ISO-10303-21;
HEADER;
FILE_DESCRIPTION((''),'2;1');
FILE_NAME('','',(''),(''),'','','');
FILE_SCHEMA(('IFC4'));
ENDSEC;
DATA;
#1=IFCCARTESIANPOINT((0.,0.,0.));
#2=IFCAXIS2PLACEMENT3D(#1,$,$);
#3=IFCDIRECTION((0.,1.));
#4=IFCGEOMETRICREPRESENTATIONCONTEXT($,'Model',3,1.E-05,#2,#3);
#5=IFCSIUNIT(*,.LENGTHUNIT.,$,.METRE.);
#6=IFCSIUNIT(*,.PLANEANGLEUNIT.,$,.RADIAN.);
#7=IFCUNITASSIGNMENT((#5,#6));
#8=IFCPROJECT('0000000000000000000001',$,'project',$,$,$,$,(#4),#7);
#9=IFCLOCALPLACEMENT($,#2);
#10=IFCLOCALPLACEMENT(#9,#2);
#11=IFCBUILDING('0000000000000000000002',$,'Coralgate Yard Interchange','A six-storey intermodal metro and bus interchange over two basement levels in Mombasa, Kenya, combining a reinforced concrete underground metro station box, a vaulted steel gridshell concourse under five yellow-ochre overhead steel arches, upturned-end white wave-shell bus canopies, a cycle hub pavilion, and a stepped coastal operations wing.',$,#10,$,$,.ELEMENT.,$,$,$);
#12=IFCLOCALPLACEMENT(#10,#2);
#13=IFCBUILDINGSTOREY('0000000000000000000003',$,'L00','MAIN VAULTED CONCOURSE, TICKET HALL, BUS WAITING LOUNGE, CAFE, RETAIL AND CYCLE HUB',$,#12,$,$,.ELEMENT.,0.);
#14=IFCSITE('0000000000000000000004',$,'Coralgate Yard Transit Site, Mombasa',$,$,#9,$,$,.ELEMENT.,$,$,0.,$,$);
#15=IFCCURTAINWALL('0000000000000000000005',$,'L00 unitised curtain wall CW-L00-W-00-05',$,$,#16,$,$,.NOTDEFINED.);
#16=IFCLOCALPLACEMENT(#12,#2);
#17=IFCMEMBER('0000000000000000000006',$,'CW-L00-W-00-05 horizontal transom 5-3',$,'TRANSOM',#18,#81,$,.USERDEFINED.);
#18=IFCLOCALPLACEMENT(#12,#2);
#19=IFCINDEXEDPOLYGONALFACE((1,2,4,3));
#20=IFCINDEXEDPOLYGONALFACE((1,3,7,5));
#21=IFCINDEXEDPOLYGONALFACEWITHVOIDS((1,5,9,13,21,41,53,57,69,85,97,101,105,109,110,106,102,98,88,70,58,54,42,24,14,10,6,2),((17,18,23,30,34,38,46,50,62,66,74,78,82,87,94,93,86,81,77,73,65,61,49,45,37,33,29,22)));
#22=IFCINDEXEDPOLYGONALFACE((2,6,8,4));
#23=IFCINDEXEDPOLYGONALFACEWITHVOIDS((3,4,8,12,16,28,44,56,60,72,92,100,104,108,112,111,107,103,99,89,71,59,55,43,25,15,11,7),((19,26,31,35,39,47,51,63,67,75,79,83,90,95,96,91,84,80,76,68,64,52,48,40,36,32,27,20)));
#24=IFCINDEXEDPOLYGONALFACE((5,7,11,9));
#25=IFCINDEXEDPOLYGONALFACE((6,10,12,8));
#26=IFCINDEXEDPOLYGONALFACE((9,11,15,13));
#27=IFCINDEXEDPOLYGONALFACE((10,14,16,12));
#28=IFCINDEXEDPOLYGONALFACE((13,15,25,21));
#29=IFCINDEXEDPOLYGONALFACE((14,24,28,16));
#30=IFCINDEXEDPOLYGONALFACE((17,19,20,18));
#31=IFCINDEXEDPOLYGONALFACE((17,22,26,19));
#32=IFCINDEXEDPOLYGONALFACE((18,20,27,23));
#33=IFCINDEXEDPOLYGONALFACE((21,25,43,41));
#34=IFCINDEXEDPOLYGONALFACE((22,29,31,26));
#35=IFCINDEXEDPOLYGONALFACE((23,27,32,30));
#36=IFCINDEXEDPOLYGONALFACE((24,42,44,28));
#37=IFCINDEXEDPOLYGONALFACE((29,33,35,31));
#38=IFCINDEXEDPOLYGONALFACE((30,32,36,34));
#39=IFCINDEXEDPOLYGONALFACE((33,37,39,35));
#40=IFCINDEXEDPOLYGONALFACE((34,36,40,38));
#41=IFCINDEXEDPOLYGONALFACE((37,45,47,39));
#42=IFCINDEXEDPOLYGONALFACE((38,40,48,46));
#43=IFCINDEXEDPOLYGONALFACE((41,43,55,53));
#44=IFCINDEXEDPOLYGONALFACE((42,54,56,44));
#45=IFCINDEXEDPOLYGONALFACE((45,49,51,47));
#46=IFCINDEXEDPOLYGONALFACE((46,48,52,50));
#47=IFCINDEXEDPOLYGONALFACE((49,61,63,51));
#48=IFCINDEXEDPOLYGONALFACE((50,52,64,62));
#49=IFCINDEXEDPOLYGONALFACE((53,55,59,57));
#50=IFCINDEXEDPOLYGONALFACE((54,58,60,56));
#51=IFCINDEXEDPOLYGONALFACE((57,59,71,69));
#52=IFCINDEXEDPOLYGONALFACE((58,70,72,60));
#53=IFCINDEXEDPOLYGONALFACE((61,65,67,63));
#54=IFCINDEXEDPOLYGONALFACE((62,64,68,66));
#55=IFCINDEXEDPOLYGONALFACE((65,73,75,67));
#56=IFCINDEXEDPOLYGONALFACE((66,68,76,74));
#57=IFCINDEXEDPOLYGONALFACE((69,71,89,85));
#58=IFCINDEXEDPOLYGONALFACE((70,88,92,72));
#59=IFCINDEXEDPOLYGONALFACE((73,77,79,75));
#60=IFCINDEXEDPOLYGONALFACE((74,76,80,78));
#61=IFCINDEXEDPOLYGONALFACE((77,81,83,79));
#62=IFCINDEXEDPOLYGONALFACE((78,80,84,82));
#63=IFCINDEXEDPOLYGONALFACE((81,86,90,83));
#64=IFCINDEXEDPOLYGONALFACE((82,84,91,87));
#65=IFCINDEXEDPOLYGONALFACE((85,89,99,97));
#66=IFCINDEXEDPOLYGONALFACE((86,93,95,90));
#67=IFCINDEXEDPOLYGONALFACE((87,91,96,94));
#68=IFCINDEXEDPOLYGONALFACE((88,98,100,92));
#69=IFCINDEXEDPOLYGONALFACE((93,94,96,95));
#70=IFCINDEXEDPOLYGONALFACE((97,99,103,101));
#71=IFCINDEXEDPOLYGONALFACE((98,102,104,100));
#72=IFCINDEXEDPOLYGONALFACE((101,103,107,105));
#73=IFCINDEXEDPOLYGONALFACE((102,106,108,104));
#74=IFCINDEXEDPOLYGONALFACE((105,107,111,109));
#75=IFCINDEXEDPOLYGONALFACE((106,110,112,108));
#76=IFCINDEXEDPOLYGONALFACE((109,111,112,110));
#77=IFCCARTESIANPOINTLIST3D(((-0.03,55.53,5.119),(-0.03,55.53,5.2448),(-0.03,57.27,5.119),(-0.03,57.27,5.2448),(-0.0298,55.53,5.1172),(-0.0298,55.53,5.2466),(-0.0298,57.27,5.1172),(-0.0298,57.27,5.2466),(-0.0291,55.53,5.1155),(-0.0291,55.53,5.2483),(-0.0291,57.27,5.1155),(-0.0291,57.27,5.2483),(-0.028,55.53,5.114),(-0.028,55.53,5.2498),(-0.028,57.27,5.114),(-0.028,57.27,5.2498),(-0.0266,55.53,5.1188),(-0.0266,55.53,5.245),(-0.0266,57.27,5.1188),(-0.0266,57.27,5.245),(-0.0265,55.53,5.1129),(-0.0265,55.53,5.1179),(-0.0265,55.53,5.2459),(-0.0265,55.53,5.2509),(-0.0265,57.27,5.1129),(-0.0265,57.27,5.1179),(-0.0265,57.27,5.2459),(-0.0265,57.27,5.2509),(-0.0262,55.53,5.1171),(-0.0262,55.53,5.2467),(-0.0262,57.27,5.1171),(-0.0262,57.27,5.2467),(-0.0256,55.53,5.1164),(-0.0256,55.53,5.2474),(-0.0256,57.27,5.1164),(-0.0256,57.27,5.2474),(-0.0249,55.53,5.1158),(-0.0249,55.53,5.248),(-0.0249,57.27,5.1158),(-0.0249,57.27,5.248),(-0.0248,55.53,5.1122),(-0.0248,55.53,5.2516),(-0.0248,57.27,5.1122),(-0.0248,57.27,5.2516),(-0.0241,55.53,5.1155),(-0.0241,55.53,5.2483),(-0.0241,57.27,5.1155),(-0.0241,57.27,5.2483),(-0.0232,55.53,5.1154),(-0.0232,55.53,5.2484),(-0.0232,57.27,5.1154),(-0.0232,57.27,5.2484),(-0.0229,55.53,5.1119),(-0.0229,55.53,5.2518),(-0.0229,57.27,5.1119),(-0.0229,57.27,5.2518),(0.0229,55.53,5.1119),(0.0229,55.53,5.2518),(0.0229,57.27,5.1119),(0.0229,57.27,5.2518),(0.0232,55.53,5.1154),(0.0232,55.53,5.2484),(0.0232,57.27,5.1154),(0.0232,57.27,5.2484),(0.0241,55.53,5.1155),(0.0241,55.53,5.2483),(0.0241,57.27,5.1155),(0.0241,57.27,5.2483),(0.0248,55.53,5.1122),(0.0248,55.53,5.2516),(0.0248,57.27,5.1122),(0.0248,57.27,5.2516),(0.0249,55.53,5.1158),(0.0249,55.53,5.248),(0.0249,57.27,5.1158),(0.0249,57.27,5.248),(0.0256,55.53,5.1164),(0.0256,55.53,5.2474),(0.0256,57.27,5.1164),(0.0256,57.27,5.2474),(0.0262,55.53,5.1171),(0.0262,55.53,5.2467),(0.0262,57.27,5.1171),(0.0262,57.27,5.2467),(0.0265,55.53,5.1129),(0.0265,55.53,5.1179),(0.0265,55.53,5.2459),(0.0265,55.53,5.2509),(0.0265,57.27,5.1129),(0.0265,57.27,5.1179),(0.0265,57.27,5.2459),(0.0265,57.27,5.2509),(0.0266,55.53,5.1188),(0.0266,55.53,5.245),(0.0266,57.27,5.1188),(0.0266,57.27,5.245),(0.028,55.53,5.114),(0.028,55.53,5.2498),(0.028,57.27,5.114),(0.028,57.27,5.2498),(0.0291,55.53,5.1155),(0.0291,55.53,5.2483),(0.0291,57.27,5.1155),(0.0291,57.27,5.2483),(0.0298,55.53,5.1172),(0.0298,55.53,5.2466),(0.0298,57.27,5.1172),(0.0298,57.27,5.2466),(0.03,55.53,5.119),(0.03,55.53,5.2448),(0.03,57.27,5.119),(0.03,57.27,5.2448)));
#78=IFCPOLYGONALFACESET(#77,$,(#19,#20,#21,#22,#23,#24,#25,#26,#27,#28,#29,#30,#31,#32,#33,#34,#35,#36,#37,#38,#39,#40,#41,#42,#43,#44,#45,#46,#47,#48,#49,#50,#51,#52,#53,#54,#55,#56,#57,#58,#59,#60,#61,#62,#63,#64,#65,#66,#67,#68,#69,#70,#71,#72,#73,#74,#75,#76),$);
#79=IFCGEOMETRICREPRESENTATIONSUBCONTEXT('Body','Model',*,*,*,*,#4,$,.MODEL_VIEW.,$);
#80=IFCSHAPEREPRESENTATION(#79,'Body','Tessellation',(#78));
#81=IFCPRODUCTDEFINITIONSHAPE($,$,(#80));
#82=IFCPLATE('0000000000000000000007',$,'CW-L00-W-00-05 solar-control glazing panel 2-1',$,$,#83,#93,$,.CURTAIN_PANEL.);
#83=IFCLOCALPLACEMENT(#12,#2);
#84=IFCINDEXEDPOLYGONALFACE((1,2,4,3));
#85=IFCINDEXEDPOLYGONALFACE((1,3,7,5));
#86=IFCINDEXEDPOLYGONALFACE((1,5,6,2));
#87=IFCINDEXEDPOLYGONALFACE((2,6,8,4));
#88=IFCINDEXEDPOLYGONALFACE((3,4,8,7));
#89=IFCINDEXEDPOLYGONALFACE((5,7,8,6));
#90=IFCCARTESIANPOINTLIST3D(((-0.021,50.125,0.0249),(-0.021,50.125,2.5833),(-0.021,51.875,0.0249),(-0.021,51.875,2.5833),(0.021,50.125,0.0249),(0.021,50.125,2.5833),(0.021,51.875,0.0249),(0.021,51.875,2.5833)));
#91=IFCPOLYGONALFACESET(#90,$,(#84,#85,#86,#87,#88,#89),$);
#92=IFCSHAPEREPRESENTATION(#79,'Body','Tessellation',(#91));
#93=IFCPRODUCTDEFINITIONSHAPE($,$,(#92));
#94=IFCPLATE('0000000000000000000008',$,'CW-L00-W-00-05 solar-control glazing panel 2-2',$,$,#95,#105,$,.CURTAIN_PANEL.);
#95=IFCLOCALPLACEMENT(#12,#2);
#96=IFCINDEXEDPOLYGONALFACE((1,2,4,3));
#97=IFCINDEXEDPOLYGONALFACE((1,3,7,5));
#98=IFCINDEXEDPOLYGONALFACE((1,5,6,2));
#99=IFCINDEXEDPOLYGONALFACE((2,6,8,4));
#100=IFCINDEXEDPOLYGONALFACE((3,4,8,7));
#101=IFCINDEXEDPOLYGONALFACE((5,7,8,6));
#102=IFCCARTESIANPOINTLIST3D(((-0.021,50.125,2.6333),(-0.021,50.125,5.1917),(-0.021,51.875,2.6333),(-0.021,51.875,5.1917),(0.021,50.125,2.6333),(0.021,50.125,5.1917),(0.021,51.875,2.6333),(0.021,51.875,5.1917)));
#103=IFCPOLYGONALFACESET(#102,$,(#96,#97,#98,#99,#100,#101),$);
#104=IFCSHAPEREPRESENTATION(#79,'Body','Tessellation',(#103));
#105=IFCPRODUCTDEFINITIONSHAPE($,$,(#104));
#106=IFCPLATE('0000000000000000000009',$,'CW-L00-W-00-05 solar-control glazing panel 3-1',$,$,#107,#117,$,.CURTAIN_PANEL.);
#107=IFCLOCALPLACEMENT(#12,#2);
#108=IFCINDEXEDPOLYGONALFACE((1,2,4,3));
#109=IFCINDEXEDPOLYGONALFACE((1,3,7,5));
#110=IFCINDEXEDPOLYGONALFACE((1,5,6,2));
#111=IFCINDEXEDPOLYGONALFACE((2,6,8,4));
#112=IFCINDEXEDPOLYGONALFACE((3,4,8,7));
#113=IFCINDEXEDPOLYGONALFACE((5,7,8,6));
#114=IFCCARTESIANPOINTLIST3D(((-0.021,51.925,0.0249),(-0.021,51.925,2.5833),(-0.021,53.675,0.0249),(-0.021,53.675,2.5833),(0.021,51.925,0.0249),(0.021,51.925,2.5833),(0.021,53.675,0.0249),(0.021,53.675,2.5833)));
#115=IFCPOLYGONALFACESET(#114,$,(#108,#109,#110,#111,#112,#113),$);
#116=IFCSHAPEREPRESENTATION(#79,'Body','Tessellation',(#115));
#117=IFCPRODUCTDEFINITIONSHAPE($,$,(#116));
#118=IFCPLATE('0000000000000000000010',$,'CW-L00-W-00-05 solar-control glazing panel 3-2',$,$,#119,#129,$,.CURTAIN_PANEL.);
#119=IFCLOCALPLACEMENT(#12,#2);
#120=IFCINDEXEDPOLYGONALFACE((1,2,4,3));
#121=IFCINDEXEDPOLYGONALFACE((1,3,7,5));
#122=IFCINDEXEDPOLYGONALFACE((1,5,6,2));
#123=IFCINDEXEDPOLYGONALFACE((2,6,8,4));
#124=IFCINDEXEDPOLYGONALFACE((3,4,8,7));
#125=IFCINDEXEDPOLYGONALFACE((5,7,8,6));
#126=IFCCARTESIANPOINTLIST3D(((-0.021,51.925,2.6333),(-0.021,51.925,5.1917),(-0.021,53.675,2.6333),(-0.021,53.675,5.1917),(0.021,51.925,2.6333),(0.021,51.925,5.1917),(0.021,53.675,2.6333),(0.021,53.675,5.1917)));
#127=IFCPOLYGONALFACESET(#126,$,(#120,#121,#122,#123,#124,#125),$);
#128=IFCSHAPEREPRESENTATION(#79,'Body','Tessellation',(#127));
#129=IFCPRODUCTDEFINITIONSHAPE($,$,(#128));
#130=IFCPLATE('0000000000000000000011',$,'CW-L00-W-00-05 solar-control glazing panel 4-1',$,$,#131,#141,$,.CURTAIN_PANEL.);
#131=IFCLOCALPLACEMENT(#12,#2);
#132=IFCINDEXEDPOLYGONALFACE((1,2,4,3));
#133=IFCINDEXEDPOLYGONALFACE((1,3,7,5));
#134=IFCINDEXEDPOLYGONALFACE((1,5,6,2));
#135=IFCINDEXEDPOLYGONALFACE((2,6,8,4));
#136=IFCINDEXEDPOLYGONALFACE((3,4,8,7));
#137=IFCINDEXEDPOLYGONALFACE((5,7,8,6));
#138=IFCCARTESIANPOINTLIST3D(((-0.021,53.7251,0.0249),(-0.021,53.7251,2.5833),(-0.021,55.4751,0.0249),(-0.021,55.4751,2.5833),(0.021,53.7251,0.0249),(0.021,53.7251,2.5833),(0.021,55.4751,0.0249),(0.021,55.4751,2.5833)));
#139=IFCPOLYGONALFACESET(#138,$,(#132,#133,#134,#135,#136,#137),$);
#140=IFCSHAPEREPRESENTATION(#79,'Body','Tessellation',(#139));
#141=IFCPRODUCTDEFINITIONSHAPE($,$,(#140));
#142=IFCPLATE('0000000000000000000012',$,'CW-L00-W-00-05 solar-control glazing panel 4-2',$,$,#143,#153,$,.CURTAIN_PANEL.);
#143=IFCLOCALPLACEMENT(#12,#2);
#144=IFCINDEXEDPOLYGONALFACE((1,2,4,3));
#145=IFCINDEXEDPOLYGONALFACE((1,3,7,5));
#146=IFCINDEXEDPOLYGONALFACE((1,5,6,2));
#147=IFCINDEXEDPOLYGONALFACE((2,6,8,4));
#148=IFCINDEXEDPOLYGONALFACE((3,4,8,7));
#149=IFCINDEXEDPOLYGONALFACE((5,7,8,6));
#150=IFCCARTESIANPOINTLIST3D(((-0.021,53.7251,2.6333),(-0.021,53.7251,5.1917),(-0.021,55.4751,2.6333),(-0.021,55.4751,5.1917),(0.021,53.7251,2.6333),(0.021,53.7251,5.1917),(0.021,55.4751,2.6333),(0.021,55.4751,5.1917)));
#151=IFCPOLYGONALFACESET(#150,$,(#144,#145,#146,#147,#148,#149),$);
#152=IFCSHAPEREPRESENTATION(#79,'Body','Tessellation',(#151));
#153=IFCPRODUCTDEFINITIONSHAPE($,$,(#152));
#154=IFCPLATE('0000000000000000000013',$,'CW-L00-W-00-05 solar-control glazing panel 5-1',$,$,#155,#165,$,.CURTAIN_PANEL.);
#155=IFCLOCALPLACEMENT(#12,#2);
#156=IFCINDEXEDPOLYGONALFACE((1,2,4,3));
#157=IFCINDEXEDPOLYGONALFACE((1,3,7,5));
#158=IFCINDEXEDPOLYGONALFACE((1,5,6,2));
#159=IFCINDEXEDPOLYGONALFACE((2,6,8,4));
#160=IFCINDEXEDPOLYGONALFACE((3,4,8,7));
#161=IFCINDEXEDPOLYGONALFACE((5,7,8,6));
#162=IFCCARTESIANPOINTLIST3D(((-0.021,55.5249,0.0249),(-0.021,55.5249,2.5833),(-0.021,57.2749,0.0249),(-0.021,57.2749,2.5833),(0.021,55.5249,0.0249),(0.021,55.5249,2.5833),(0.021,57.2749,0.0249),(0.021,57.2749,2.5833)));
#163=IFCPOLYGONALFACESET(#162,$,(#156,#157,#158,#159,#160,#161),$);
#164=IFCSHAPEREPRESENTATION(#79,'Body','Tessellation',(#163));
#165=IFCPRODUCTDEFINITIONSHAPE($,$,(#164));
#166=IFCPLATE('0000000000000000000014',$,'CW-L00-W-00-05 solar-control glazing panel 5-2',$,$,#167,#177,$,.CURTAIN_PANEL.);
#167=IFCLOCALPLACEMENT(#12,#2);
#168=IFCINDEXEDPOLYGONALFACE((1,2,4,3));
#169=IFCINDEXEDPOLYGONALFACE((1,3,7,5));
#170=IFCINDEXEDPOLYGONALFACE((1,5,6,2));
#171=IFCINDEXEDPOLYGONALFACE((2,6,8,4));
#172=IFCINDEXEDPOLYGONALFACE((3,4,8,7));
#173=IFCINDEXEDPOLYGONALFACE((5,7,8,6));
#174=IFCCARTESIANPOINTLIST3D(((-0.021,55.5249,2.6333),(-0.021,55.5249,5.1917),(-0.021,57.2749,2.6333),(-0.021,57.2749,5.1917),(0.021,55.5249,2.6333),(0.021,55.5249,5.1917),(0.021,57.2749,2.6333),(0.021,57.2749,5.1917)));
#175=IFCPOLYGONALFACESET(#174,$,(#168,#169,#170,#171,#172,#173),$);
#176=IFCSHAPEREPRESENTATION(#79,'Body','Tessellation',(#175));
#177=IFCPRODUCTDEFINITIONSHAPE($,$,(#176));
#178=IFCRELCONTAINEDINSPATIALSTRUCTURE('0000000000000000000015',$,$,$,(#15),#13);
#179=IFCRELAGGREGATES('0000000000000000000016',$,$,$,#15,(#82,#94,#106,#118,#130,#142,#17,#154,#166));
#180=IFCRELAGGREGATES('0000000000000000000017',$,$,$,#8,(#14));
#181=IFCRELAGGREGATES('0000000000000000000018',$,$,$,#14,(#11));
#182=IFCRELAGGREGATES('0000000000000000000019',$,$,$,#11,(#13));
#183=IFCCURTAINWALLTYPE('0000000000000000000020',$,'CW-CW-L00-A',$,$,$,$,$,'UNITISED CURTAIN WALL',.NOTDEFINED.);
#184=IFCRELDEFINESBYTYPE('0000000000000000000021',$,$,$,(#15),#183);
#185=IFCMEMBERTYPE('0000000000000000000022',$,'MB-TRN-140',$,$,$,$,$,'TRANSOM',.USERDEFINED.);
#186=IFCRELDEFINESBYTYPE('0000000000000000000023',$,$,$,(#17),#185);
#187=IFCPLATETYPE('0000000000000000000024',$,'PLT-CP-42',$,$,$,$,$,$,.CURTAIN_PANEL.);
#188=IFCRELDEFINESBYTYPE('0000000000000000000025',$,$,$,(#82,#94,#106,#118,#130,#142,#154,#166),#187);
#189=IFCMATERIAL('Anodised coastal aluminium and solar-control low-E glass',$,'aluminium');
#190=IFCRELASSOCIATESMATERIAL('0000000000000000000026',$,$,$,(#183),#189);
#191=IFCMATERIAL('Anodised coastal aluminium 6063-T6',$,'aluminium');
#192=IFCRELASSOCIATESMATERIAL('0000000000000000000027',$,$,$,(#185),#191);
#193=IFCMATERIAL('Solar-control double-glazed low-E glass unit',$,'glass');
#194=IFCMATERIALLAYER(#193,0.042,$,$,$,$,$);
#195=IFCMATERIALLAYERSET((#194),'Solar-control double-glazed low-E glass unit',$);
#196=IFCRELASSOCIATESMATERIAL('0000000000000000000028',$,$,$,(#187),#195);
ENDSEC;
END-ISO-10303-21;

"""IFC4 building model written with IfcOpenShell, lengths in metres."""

from ifc_helpers import new_model, si_unit, direction, frame, origin, origin_2d, place, context, subcontext, project, spatial, rectangle, hollow_rectangle, extrude, material, layer, layer_set, material_profile, profile_set, type_object, element, aggregate, save


model = new_model("IFC4")

# Units and contexts
model_context = context("Model", 3, precision=1e-05, world=origin(), true_north=direction((0.0, 1.0)))
body_context = subcontext(model_context, "Body", "Model", "MODEL_VIEW")
ifc_project = project(units=[si_unit("LENGTHUNIT", "METRE"), si_unit("PLANEANGLEUNIT", "RADIAN")], contexts=[model_context])

# Site, building, storey
site_placement = place(None, origin())
site = spatial("IfcSite", under=ifc_project, at=site_placement, Name="Coralgate Yard Transit Site, Mombasa", CompositionType="ELEMENT", RefElevation=0.0)
building_placement = place(site_placement, origin())
building = spatial("IfcBuilding", under=site, at=building_placement, Name="Coralgate Yard Interchange", Description="A six-storey intermodal metro and bus interchange over two basement levels in Mombasa, Kenya, combining a reinforced concrete underground metro station box, a vaulted steel gridshell concourse under five yellow-ochre overhead steel arches, upturned-end white wave-shell bus canopies, a cycle hub pavilion, and a stepped coastal operations wing.", CompositionType="ELEMENT")
storey_placement = place(building_placement, origin())
storey = spatial("IfcBuildingStorey", under=building, at=storey_placement, Name="L00", Description="MAIN VAULTED CONCOURSE, TICKET HALL, BUS WAITING LOUNGE, CAFE, RETAIL AND CYCLE HUB", CompositionType="ELEMENT", Elevation=0.0)

# Curtain wall, member, plates
ifc_material_1 = material(Name="Anodised coastal aluminium and solar-control low-E glass", Category="aluminium")
curtain_wall_type = type_object("IfcCurtainWallType", Name="CW-CW-L00-A", ElementType="UNITISED CURTAIN WALL", PredefinedType="NOTDEFINED", material=ifc_material_1)
curtain_wall_placement = place(storey_placement, origin())
curtain_wall = element("IfcCurtainWall", 1, at=curtain_wall_placement, inside=storey, type_object=curtain_wall_type, Name="L00 unitised curtain wall CW-L00-W-00-05", PredefinedType="NOTDEFINED")
ifc_material_2 = material(Name="Anodised coastal aluminium 6063-T6", Category="aluminium")
ifc_material_profile_1 = material_profile(ifc_material_2, hollow_rectangle(XDim=0.0601, YDim=0.1399, WallThickness=0.0034, InnerFilletRadius=0.0034, OuterFilletRadius=0.0071, at=origin_2d()), Name="ALU 60x140x3.5")
ifc_profile_set_1 = profile_set([ifc_material_profile_1], Name="Anodised coastal aluminium 6063-T6")
member_type_1 = type_object("IfcMemberType", Name="MB-TRN-140", ElementType="TRANSOM", PredefinedType="USERDEFINED", material=ifc_profile_set_1)
member_1_placement = place(storey_placement, frame((0.0, 55.53, 5.1819), z_axis=(0.0, 1.0, 0.0), x_axis=(-1.0, 0.0, 0.0)))
member_1 = element("IfcMember", 2, at=member_1_placement, type_object=member_type_1, Name="CW-L00-W-00-05 horizontal transom 5-3", ObjectType="TRANSOM", PredefinedType="USERDEFINED", context=body_context, shape_type="SweptSolid", body=[
    extrude(hollow_rectangle(XDim=0.0601, YDim=0.1399, WallThickness=0.0034, InnerFilletRadius=0.0034, OuterFilletRadius=0.0071, at=origin_2d()), origin(), (0.0, 0.0, 1.0), 1.74),
])
ifc_material_3 = material(Name="Solar-control double-glazed low-E glass unit", Category="glass")
ifc_layer = layer(ifc_material_3, 0.042)
ifc_layer_set = layer_set([ifc_layer], Name="Solar-control double-glazed low-E glass unit")
plate_type = type_object("IfcPlateType", Name="PLT-CP-42", PredefinedType="CURTAIN_PANEL", material=ifc_layer_set)
plate_1_placement = place(storey_placement, frame((0.0, 51.0, 0.0249), z_axis=(0.0, 0.0, 1.0), x_axis=(0.0, 1.0, 0.0)))
plate_1 = element("IfcPlate", 3, at=plate_1_placement, type_object=plate_type, Name="CW-L00-W-00-05 solar-control glazing panel 2-1", PredefinedType="CURTAIN_PANEL", context=body_context, shape_type="SweptSolid", body=[
    extrude(rectangle(XDim=1.75, YDim=0.042, at=origin_2d()), origin(), (0.0, 0.0, 1.0), 2.5583),
])
plate_2_placement = place(storey_placement, frame((0.0, 51.0, 2.6333), z_axis=(0.0, 0.0, 1.0), x_axis=(0.0, 1.0, 0.0)))
plate_2 = element("IfcPlate", 4, at=plate_2_placement, type_object=plate_type, Name="CW-L00-W-00-05 solar-control glazing panel 2-2", PredefinedType="CURTAIN_PANEL", context=body_context, shape_type="SweptSolid", body=[
    extrude(rectangle(XDim=1.75, YDim=0.042, at=origin_2d()), origin(), (0.0, 0.0, 1.0), 2.5583),
])
plate_3_placement = place(storey_placement, frame((0.0, 52.8, 0.0249), z_axis=(0.0, 0.0, 1.0), x_axis=(0.0, 1.0, 0.0)))
plate_3 = element("IfcPlate", 5, at=plate_3_placement, type_object=plate_type, Name="CW-L00-W-00-05 solar-control glazing panel 3-1", PredefinedType="CURTAIN_PANEL", context=body_context, shape_type="SweptSolid", body=[
    extrude(rectangle(XDim=1.75, YDim=0.042, at=origin_2d()), origin(), (0.0, 0.0, 1.0), 2.5583),
])
plate_4_placement = place(storey_placement, frame((0.0, 52.8, 2.6333), z_axis=(0.0, 0.0, 1.0), x_axis=(0.0, 1.0, 0.0)))
plate_4 = element("IfcPlate", 6, at=plate_4_placement, type_object=plate_type, Name="CW-L00-W-00-05 solar-control glazing panel 3-2", PredefinedType="CURTAIN_PANEL", context=body_context, shape_type="SweptSolid", body=[
    extrude(rectangle(XDim=1.75, YDim=0.042, at=origin_2d()), origin(), (0.0, 0.0, 1.0), 2.5583),
])
plate_5_placement = place(storey_placement, frame((0.0, 54.6001, 0.0249), z_axis=(0.0, 0.0, 1.0), x_axis=(0.0, 1.0, 0.0)))
plate_5 = element("IfcPlate", 7, at=plate_5_placement, type_object=plate_type, Name="CW-L00-W-00-05 solar-control glazing panel 4-1", PredefinedType="CURTAIN_PANEL", context=body_context, shape_type="SweptSolid", body=[
    extrude(rectangle(XDim=1.75, YDim=0.042, at=origin_2d()), origin(), (0.0, 0.0, 1.0), 2.5583),
])
plate_6_placement = place(storey_placement, frame((0.0, 54.6001, 2.6333), z_axis=(0.0, 0.0, 1.0), x_axis=(0.0, 1.0, 0.0)))
plate_6 = element("IfcPlate", 8, at=plate_6_placement, type_object=plate_type, Name="CW-L00-W-00-05 solar-control glazing panel 4-2", PredefinedType="CURTAIN_PANEL", context=body_context, shape_type="SweptSolid", body=[
    extrude(rectangle(XDim=1.75, YDim=0.042, at=origin_2d()), origin(), (0.0, 0.0, 1.0), 2.5583),
])
plate_7_placement = place(storey_placement, frame((0.0, 56.3999, 0.0249), z_axis=(0.0, 0.0, 1.0), x_axis=(0.0, 1.0, 0.0)))
plate_7 = element("IfcPlate", 9, at=plate_7_placement, type_object=plate_type, Name="CW-L00-W-00-05 solar-control glazing panel 5-1", PredefinedType="CURTAIN_PANEL", context=body_context, shape_type="SweptSolid", body=[
    extrude(rectangle(XDim=1.75, YDim=0.042, at=origin_2d()), origin(), (0.0, 0.0, 1.0), 2.5583),
])
plate_8_placement = place(storey_placement, frame((0.0, 56.3999, 2.6333), z_axis=(0.0, 0.0, 1.0), x_axis=(0.0, 1.0, 0.0)))
plate_8 = element("IfcPlate", 10, at=plate_8_placement, type_object=plate_type, Name="CW-L00-W-00-05 solar-control glazing panel 5-2", PredefinedType="CURTAIN_PANEL", context=body_context, shape_type="SweptSolid", body=[
    extrude(rectangle(XDim=1.75, YDim=0.042, at=origin_2d()), origin(), (0.0, 0.0, 1.0), 2.5583),
])
aggregate(curtain_wall, [plate_1, plate_2, plate_3, plate_4, plate_5, plate_6, member_1, plate_7, plate_8])

save(model, "model.ifc")
